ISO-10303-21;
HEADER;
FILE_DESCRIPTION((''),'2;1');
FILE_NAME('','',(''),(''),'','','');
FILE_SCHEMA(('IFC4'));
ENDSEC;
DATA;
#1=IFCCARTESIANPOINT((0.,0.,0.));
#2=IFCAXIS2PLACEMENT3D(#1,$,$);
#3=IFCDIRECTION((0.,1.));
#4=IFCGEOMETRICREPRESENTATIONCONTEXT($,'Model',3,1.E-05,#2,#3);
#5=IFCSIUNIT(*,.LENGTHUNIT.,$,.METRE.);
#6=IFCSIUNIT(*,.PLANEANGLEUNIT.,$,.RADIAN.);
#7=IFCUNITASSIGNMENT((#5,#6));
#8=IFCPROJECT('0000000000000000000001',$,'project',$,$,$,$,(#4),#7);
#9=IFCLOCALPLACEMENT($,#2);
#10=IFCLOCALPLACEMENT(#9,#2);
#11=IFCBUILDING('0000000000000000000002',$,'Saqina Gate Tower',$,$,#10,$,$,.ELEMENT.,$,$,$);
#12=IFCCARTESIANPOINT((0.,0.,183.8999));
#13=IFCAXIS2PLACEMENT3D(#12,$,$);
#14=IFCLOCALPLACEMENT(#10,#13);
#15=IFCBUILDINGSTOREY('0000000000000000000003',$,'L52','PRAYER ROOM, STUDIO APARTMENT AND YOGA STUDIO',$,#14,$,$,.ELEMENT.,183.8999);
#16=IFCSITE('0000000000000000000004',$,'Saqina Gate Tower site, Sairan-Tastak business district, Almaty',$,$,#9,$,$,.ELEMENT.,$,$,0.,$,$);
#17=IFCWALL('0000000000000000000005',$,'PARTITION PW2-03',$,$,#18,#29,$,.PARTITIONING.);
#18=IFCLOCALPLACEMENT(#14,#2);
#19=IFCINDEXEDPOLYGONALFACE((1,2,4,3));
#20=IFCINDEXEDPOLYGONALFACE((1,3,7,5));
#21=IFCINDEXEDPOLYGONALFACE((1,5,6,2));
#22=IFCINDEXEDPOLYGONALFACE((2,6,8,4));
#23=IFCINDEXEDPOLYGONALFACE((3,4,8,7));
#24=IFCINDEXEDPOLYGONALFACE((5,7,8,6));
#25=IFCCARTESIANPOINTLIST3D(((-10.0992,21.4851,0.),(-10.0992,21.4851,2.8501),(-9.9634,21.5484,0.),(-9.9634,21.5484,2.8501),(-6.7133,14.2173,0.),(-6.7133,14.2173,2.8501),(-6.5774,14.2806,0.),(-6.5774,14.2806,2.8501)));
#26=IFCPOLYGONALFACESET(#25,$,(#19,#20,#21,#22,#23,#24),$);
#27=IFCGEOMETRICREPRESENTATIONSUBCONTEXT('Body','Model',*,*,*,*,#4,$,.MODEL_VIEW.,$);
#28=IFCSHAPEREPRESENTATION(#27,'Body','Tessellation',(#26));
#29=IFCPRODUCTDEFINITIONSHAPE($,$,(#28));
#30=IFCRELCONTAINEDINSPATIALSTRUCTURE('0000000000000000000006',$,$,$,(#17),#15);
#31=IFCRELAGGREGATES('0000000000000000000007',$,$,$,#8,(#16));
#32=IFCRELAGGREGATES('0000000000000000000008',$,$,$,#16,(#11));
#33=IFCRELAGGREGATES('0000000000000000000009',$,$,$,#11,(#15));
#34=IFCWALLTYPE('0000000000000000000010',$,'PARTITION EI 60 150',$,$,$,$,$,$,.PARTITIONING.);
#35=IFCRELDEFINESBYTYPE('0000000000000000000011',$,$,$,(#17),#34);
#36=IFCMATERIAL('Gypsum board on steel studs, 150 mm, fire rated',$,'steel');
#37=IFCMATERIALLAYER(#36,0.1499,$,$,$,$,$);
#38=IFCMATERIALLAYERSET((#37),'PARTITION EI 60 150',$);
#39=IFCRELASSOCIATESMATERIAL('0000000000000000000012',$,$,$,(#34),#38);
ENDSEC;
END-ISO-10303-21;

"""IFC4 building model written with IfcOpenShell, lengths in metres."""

from ifc_helpers import new_model, si_unit, direction, frame, frame_2d, origin, place, context, subcontext, project, spatial, rectangle, extrude, material, layer, layer_set, type_object, element, save


model = new_model("IFC4")

# Units and contexts
model_context = context("Model", 3, precision=1e-05, world=origin(), true_north=direction((0.0, 1.0)))
body_context = subcontext(model_context, "Body", "Model", "MODEL_VIEW")
ifc_project = project(units=[si_unit("LENGTHUNIT", "METRE"), si_unit("PLANEANGLEUNIT", "RADIAN")], contexts=[model_context])

# Site, building, storey
site_placement = place(None, origin())
site = spatial("IfcSite", under=ifc_project, at=site_placement, Name="Saqina Gate Tower site, Sairan-Tastak business district, Almaty", CompositionType="ELEMENT", RefElevation=0.0)
building_placement = place(site_placement, origin())
building = spatial("IfcBuilding", under=site, at=building_placement, Name="Saqina Gate Tower", CompositionType="ELEMENT")
storey_placement = place(building_placement, frame((0.0, 0.0, 183.8999)))
storey = spatial("IfcBuildingStorey", under=building, at=storey_placement, Name="L52", Description="PRAYER ROOM, STUDIO APARTMENT AND YOGA STUDIO", CompositionType="ELEMENT", Elevation=183.8999)

# Wall
ifc_material_1 = material(Name="Gypsum board on steel studs, 150 mm, fire rated", Category="steel")
ifc_layer_1 = layer(ifc_material_1, 0.1499)
ifc_layer_set_1 = layer_set([ifc_layer_1], Name="PARTITION EI 60 150")
wall_type_1 = type_object("IfcWallType", Name="PARTITION EI 60 150", PredefinedType="PARTITIONING", material=ifc_layer_set_1)
wall_1_placement = place(storey_placement, frame((-10.0312, 21.5166, 0.0), z_axis=(0.0, 0.0, 1.0), x_axis=(0.422305, -0.906454, 0.0)))
element("IfcWall", 1, at=wall_1_placement, inside=storey, type_object=wall_type_1, Name="PARTITION PW2-03", PredefinedType="PARTITIONING", context=body_context, shape_type="SweptSolid", body=[
    extrude(rectangle(XDim=8.0178, YDim=0.1499, at=frame_2d((4.0088, 0.0))), origin(), (0.0, 0.0, 1.0), 2.8501),
])

save(model, "model.ifc")
